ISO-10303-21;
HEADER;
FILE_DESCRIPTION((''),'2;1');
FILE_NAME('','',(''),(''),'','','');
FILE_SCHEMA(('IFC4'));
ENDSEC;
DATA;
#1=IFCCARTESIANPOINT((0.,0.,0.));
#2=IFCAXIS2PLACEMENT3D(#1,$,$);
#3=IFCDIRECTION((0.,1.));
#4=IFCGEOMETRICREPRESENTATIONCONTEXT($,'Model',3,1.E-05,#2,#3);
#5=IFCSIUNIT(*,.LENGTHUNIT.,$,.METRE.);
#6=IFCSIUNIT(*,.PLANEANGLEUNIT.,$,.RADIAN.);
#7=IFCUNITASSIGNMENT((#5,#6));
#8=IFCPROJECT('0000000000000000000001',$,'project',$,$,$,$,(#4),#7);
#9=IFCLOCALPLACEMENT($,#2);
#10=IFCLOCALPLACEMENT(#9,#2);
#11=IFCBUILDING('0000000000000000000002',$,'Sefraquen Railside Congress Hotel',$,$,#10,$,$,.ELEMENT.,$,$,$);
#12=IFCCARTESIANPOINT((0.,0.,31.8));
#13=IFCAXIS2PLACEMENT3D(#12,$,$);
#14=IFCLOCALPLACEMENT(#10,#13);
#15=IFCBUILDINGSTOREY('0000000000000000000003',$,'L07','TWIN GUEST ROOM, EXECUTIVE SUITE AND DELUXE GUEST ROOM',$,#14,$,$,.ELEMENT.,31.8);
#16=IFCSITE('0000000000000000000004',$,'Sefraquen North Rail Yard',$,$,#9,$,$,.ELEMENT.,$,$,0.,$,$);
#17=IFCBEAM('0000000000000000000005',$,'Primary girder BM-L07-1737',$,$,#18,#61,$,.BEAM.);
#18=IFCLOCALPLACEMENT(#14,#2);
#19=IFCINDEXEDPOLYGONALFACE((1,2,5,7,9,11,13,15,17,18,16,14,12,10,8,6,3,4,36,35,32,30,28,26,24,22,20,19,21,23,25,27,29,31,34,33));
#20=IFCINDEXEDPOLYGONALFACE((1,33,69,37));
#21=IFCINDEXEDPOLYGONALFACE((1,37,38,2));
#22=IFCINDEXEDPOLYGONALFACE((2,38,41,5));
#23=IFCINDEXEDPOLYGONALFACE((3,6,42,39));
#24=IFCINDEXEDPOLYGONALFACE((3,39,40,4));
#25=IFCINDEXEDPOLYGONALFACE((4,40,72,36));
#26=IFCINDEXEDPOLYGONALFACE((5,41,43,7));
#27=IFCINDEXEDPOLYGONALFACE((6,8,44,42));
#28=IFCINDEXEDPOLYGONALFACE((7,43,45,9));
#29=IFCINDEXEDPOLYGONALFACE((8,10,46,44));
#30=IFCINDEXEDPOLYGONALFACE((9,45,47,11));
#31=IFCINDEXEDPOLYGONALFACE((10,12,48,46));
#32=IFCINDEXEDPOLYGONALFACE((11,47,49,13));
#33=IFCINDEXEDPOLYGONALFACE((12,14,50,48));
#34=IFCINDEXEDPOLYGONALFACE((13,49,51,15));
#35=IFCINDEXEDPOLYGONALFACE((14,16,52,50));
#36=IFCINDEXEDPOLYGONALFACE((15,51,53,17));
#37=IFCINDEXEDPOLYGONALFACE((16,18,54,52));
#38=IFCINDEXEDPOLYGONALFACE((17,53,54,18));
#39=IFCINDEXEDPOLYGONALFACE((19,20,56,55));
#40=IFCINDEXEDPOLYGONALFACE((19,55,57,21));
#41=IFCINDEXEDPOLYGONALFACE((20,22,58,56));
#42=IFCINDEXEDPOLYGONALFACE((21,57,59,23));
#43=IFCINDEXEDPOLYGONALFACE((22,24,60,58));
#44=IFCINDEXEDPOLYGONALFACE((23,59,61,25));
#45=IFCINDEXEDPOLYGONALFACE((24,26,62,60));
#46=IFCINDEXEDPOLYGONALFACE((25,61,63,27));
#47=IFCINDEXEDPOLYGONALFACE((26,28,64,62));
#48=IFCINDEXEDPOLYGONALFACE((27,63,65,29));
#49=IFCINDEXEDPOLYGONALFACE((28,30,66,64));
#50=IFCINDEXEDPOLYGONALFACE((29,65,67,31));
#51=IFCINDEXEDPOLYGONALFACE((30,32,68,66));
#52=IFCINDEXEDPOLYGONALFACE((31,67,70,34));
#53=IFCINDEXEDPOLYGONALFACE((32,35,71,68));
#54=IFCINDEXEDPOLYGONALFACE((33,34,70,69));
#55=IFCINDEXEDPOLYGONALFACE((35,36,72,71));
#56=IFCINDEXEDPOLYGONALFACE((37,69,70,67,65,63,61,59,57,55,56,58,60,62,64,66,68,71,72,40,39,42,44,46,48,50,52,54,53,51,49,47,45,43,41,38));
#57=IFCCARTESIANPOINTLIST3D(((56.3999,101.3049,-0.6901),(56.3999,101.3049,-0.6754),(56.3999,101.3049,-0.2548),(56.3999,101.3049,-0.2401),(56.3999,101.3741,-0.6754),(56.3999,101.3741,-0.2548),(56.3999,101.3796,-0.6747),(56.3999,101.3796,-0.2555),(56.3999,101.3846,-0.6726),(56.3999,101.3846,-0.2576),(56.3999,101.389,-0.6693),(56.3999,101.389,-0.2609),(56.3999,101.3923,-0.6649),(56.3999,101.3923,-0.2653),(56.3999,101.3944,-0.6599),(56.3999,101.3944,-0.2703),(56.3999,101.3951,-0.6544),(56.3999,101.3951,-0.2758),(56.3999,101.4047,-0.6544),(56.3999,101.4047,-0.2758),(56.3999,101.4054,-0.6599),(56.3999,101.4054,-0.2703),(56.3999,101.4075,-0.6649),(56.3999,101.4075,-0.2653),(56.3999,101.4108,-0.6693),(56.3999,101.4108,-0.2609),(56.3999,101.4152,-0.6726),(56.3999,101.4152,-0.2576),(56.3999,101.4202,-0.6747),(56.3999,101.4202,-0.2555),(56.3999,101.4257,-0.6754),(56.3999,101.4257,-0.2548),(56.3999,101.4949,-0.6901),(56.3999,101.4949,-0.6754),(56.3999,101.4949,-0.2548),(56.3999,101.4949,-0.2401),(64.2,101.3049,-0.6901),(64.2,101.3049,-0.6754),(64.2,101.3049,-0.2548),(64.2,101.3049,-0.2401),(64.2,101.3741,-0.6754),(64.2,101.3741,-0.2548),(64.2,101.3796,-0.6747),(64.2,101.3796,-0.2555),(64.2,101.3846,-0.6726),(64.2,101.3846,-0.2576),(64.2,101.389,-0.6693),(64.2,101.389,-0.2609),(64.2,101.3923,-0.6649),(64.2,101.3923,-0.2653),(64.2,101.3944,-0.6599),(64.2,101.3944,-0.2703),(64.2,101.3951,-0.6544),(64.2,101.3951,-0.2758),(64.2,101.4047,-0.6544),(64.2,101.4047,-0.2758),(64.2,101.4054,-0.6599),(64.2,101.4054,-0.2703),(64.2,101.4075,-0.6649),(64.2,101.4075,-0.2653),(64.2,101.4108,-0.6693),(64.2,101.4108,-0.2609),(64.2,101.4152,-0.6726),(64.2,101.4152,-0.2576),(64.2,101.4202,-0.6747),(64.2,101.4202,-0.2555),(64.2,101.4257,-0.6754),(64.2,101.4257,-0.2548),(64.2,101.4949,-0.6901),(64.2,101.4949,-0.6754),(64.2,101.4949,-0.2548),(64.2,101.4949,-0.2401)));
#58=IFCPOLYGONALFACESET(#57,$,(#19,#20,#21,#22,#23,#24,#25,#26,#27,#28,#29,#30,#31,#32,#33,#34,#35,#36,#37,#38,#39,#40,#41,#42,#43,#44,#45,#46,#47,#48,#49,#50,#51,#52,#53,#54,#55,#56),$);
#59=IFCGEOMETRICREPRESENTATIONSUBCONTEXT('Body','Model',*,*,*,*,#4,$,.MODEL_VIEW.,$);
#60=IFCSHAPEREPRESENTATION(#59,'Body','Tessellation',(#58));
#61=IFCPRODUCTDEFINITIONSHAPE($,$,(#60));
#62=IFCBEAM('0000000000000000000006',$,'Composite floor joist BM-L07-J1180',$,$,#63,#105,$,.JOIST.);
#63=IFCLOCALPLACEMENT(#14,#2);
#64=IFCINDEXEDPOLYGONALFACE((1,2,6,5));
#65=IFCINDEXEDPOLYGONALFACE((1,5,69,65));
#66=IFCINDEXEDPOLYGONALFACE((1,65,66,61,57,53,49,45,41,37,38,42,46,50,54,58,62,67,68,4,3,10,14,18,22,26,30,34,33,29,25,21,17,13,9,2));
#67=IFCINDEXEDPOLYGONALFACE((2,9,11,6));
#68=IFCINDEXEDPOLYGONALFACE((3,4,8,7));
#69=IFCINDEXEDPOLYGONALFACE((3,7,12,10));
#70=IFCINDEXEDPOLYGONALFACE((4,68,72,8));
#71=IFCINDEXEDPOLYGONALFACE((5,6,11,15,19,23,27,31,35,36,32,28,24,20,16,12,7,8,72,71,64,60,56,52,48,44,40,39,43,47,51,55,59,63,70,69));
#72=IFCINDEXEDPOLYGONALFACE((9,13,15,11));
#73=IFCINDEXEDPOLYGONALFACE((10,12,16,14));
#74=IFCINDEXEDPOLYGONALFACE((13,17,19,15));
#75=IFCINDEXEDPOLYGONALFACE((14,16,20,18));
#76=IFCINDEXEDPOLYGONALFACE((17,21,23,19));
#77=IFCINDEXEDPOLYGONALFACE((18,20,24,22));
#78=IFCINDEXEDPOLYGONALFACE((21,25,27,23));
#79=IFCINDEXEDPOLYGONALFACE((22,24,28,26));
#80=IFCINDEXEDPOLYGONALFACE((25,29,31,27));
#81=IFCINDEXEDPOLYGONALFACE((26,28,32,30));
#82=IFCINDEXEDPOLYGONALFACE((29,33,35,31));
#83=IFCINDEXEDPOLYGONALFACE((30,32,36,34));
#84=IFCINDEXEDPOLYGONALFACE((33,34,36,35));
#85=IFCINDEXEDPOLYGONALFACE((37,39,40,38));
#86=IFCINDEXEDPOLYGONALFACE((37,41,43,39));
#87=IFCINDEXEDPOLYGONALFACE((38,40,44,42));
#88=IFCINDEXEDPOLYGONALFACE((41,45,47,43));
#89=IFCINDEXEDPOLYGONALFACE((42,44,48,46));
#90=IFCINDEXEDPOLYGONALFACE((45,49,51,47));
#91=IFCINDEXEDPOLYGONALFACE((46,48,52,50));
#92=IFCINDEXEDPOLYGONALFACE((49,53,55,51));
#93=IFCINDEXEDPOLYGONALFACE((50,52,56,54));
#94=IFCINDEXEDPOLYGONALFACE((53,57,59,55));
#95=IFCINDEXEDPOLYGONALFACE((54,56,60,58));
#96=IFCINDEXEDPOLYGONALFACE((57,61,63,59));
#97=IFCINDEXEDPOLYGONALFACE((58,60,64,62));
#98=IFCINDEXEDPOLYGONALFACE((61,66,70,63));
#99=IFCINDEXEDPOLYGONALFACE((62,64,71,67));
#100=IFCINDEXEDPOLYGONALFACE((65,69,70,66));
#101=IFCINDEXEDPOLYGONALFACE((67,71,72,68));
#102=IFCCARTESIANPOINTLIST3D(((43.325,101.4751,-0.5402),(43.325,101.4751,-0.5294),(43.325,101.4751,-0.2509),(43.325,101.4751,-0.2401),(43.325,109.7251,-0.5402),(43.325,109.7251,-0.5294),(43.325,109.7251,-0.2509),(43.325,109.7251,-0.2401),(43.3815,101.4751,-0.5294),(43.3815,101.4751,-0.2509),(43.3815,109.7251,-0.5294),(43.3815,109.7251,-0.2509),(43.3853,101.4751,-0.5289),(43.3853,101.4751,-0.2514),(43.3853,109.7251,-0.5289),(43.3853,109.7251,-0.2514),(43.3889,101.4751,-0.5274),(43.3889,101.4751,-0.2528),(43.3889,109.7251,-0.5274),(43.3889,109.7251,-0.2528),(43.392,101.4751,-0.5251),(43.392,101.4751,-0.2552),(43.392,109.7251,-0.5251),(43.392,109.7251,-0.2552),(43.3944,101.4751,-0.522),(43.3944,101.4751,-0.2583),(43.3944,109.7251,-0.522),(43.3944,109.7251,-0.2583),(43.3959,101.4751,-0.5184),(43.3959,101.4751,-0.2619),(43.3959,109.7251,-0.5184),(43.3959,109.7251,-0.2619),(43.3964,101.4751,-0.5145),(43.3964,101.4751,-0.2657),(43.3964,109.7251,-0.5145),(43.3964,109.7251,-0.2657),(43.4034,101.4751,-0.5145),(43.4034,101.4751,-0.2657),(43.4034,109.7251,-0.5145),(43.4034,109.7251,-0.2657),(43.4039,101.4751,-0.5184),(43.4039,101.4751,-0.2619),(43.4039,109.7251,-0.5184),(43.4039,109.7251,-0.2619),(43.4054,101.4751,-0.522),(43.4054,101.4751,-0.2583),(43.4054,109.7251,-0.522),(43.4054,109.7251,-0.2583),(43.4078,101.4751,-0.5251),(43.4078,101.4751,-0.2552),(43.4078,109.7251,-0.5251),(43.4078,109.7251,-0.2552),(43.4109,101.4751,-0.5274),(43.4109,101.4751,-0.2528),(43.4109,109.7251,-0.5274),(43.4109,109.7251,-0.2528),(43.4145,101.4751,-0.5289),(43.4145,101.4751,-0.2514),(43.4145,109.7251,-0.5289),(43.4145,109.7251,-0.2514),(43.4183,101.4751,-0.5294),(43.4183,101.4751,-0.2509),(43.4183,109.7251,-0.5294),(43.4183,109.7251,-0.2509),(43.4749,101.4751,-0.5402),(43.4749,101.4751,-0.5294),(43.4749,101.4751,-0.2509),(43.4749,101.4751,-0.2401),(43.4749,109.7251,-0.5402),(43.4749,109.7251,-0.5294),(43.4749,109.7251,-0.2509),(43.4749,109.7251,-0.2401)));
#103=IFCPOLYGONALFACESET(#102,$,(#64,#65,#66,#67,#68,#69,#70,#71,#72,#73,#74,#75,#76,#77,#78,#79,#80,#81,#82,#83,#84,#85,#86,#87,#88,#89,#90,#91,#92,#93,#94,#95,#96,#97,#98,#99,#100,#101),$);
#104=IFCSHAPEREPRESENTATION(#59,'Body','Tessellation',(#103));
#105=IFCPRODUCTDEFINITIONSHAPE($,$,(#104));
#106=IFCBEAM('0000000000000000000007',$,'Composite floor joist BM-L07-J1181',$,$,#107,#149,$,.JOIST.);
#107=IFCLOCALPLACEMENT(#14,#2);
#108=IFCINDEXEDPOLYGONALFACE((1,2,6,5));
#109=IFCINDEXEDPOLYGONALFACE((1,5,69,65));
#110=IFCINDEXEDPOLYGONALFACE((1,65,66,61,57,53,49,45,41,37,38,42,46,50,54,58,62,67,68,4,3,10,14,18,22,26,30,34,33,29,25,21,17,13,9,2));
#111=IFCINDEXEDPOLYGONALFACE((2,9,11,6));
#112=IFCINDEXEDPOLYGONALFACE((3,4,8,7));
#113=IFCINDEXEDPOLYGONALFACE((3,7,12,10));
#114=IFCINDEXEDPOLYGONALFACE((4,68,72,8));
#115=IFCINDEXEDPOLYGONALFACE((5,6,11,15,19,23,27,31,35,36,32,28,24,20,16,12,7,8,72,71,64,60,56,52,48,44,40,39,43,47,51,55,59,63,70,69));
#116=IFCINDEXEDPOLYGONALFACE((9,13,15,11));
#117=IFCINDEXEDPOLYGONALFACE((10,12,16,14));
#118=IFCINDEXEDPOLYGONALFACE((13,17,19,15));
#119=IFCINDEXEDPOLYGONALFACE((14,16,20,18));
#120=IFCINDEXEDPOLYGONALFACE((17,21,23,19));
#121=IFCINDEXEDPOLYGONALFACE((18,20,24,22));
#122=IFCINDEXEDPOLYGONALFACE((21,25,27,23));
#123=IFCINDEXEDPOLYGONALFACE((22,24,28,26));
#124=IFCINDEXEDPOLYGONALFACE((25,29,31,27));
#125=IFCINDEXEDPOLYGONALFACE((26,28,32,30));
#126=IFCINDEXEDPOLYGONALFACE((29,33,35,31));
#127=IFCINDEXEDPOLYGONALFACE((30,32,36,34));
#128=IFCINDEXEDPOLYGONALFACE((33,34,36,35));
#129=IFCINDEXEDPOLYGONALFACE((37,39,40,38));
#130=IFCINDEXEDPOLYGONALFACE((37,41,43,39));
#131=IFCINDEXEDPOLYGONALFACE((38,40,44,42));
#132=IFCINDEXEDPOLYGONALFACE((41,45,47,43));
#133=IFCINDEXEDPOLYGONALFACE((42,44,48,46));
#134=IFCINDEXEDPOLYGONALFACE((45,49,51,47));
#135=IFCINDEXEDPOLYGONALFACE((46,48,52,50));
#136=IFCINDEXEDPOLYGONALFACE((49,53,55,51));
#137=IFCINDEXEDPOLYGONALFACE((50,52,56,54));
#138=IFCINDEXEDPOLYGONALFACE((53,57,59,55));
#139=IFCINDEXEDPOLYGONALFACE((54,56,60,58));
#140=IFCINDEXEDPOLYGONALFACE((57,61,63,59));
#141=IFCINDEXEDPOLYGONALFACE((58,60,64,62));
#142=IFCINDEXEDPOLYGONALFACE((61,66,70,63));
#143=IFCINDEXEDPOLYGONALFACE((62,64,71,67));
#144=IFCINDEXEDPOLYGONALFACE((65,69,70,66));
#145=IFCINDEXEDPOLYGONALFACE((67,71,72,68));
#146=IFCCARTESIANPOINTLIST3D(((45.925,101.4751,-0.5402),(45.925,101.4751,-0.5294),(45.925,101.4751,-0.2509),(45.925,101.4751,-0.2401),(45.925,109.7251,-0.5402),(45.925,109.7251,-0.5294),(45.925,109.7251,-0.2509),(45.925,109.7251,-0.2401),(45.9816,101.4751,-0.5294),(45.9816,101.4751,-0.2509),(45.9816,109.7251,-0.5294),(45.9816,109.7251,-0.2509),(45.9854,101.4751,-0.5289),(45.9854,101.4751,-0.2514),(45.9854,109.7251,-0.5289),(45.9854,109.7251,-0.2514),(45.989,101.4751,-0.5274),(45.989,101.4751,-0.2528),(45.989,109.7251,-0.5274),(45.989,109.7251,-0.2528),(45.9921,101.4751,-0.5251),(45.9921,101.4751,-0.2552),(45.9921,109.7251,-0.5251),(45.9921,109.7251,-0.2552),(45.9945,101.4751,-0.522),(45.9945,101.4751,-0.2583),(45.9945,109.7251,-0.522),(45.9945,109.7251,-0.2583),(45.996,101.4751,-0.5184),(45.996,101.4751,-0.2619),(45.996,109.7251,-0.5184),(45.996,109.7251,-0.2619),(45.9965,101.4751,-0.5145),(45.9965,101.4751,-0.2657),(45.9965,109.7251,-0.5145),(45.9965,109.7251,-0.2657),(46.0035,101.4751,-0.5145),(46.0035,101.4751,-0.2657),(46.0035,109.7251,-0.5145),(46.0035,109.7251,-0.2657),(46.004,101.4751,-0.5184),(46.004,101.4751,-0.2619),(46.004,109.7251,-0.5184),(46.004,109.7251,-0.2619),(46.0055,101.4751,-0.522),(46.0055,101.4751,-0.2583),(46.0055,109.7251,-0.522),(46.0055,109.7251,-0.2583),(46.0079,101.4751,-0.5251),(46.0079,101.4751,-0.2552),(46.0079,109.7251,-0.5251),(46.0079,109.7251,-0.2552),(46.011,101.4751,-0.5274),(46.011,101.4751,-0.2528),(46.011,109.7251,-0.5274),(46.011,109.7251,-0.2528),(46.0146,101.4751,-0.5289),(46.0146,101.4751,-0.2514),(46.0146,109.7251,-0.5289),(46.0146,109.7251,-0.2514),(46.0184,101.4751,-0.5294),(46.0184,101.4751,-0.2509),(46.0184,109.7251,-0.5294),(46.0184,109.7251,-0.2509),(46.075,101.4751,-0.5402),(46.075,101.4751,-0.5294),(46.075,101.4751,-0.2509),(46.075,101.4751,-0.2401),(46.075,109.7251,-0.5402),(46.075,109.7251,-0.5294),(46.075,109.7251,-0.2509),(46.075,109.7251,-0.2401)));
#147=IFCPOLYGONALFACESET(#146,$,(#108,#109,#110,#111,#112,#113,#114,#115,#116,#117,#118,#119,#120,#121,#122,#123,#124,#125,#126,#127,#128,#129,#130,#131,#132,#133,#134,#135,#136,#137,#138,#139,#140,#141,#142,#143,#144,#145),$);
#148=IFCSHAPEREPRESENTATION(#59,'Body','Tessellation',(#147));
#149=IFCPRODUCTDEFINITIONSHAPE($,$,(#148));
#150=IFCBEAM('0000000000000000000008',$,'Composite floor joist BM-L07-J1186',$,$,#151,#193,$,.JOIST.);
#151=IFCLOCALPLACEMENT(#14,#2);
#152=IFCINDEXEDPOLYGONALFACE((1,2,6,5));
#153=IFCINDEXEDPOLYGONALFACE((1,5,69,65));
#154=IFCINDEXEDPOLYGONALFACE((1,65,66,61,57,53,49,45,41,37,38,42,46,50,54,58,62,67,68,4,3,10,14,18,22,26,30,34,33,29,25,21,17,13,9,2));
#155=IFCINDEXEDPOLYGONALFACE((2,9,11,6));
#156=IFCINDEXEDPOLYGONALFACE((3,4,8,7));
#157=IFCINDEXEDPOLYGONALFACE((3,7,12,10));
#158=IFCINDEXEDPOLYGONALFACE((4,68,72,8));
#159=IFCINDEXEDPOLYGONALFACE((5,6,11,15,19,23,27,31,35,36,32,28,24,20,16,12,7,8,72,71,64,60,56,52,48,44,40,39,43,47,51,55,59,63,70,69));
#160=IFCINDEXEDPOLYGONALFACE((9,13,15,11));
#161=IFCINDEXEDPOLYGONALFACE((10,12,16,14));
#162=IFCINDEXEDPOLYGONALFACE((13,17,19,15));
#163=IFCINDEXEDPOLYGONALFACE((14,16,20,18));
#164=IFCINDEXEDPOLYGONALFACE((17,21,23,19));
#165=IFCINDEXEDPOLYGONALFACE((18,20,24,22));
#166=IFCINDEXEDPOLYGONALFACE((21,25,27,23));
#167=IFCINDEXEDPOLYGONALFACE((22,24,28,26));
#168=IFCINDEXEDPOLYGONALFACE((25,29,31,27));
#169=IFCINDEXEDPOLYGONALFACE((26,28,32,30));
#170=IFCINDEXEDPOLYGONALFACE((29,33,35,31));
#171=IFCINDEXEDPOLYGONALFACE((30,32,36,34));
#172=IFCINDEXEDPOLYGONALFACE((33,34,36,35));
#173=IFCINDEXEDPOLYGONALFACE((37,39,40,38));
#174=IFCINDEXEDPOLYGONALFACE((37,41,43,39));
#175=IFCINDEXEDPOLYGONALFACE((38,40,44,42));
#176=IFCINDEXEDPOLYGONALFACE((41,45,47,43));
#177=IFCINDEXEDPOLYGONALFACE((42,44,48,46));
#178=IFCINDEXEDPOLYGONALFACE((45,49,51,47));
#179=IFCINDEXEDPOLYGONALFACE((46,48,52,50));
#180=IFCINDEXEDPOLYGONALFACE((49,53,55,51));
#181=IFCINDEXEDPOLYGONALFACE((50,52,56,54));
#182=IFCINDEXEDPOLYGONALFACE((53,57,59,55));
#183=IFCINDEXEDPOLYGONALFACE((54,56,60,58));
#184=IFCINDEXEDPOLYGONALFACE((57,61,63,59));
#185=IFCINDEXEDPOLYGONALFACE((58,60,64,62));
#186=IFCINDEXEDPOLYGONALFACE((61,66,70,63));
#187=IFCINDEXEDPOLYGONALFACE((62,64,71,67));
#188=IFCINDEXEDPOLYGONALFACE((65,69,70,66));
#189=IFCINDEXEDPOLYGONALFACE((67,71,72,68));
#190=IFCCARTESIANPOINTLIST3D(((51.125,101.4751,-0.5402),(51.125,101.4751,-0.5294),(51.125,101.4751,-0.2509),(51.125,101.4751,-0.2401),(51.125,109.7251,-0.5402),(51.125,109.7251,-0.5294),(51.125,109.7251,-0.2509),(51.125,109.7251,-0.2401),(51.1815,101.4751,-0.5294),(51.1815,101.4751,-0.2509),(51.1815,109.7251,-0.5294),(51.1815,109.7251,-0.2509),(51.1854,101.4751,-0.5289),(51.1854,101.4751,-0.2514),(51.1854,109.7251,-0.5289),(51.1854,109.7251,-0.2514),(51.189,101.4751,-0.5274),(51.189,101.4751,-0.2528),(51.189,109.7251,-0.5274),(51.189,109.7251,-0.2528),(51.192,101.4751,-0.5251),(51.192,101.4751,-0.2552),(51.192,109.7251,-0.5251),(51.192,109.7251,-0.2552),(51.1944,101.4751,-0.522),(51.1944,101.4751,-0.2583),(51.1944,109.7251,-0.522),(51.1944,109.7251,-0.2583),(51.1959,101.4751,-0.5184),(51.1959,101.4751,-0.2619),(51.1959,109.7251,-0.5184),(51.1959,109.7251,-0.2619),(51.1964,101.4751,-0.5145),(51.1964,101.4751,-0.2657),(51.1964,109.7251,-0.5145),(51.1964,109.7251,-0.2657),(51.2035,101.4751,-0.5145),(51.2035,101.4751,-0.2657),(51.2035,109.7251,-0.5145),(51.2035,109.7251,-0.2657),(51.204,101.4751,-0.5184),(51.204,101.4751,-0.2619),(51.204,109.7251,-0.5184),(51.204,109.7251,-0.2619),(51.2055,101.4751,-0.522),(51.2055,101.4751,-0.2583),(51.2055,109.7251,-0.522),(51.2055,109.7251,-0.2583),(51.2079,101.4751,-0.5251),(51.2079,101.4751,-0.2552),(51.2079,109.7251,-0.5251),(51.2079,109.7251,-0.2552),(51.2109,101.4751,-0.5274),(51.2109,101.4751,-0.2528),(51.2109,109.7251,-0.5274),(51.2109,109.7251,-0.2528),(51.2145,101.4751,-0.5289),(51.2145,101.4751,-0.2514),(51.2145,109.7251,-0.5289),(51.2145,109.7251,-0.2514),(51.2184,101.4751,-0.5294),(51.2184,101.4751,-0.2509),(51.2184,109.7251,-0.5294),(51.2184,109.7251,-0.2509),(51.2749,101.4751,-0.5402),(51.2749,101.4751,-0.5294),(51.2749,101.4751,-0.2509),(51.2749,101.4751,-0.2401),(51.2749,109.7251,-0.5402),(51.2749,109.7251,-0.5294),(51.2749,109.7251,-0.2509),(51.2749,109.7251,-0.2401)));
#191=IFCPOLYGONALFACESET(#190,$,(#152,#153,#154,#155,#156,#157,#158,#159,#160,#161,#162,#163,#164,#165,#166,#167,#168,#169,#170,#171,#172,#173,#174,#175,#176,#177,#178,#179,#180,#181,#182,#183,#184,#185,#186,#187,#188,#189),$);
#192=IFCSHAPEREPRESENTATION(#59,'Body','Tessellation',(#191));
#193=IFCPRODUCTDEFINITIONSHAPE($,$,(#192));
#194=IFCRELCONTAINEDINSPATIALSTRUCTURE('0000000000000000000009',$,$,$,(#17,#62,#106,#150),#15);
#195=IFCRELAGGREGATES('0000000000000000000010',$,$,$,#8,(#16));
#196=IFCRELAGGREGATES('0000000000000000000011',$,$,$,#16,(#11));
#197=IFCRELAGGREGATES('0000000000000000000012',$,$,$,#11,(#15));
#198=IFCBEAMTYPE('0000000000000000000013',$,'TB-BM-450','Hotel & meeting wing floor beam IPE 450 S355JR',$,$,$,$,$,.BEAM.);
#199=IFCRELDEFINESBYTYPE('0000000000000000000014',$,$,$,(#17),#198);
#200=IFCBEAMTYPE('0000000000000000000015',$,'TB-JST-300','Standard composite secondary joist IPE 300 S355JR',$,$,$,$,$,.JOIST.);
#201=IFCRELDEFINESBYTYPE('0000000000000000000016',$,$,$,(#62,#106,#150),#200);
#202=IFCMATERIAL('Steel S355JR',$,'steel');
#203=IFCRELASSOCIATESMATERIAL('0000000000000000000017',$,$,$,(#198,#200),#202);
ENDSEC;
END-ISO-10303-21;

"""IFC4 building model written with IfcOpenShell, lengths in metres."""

from ifc_helpers import new_model, si_unit, direction, frame, origin, origin_2d, place, context, subcontext, project, spatial, i_section, extrude, material, material_profile, profile_set, type_object, element, save


model = new_model("IFC4")

# Units and contexts
model_context = context("Model", 3, precision=1e-05, world=origin(), true_north=direction((0.0, 1.0)))
body_context = subcontext(model_context, "Body", "Model", "MODEL_VIEW")
ifc_project = project(units=[si_unit("LENGTHUNIT", "METRE"), si_unit("PLANEANGLEUNIT", "RADIAN")], contexts=[model_context])

# Site, building, storey
site_placement = place(None, origin())
site = spatial("IfcSite", under=ifc_project, at=site_placement, Name="Sefraquen North Rail Yard", CompositionType="ELEMENT", RefElevation=0.0)
building_placement = place(site_placement, origin())
building = spatial("IfcBuilding", under=site, at=building_placement, Name="Sefraquen Railside Congress Hotel", CompositionType="ELEMENT")
storey_placement = place(building_placement, frame((0.0, 0.0, 31.8)))
storey = spatial("IfcBuildingStorey", under=building, at=storey_placement, Name="L07", Description="TWIN GUEST ROOM, EXECUTIVE SUITE AND DELUXE GUEST ROOM", CompositionType="ELEMENT", Elevation=31.8)

# Shared definitions
ifc_material_1 = material(Name="Steel S355JR", Category="steel")

# Beams
ifc_material_profile_1 = material_profile(ifc_material_1, i_section(OverallWidth=0.1899, OverallDepth=0.45, WebThickness=0.0095, FlangeThickness=0.0146, FilletRadius=0.021, at=origin_2d()), Name="IPE 450")
ifc_profile_set_1 = profile_set([ifc_material_profile_1], Name="Steel S355JR")
beam_type_1 = type_object("IfcBeamType", Name="TB-BM-450", Description="Hotel & meeting wing floor beam IPE 450 S355JR", PredefinedType="BEAM", material=ifc_profile_set_1)
beam_1_placement = place(storey_placement, frame((56.3999, 101.3999, -0.4651), z_axis=(1.0, 0.0, 0.0), x_axis=(0.0, 1.0, 0.0)))
element("IfcBeam", 1, at=beam_1_placement, inside=storey, type_object=beam_type_1, Name="Primary girder BM-L07-1737", PredefinedType="BEAM", context=body_context, shape_type="SweptSolid", body=[
    extrude(i_section(OverallWidth=0.1899, OverallDepth=0.45, WebThickness=0.0095, FlangeThickness=0.0146, FilletRadius=0.021, at=origin_2d()), origin(), (0.0, 0.0, 1.0), 7.8),
])
ifc_material_profile_2 = material_profile(ifc_material_1, i_section(OverallWidth=0.1499, OverallDepth=0.3, WebThickness=0.0071, FlangeThickness=0.0107, FilletRadius=0.0149, at=origin_2d()), Name="IPE 300")
ifc_profile_set_2 = profile_set([ifc_material_profile_2], Name="Steel S355JR")
beam_type_2 = type_object("IfcBeamType", Name="TB-JST-300", Description="Standard composite secondary joist IPE 300 S355JR", PredefinedType="JOIST", material=ifc_profile_set_2)
for number, where, z_axis, x_axis, name in (
    (2, (43.3999, 101.4751, -0.3901), (0.0, 1.0, 0.0), (-1.0, 0.0, 0.0), "Composite floor joist BM-L07-J1180"),
    (3, (46.0, 101.4751, -0.3901), (0.0, 1.0, 0.0), (-1.0, 0.0, 0.0), "Composite floor joist BM-L07-J1181"),
    (4, (51.2, 101.4751, -0.3901), (0.0, 1.0, 0.0), (-1.0, 0.0, 0.0), "Composite floor joist BM-L07-J1186"),
):
    element("IfcBeam", number, at=place(storey_placement, frame(where, z_axis=z_axis, x_axis=x_axis)), inside=storey, type_object=beam_type_2, Name=name, PredefinedType="JOIST", context=body_context, shape_type="SweptSolid", body=[
        extrude(i_section(OverallWidth=0.1499, OverallDepth=0.3, WebThickness=0.0071, FlangeThickness=0.0107, FilletRadius=0.0149, at=origin_2d()), origin(), (0.0, 0.0, 1.0), 8.25),
    ])

save(model, "model.ifc")
